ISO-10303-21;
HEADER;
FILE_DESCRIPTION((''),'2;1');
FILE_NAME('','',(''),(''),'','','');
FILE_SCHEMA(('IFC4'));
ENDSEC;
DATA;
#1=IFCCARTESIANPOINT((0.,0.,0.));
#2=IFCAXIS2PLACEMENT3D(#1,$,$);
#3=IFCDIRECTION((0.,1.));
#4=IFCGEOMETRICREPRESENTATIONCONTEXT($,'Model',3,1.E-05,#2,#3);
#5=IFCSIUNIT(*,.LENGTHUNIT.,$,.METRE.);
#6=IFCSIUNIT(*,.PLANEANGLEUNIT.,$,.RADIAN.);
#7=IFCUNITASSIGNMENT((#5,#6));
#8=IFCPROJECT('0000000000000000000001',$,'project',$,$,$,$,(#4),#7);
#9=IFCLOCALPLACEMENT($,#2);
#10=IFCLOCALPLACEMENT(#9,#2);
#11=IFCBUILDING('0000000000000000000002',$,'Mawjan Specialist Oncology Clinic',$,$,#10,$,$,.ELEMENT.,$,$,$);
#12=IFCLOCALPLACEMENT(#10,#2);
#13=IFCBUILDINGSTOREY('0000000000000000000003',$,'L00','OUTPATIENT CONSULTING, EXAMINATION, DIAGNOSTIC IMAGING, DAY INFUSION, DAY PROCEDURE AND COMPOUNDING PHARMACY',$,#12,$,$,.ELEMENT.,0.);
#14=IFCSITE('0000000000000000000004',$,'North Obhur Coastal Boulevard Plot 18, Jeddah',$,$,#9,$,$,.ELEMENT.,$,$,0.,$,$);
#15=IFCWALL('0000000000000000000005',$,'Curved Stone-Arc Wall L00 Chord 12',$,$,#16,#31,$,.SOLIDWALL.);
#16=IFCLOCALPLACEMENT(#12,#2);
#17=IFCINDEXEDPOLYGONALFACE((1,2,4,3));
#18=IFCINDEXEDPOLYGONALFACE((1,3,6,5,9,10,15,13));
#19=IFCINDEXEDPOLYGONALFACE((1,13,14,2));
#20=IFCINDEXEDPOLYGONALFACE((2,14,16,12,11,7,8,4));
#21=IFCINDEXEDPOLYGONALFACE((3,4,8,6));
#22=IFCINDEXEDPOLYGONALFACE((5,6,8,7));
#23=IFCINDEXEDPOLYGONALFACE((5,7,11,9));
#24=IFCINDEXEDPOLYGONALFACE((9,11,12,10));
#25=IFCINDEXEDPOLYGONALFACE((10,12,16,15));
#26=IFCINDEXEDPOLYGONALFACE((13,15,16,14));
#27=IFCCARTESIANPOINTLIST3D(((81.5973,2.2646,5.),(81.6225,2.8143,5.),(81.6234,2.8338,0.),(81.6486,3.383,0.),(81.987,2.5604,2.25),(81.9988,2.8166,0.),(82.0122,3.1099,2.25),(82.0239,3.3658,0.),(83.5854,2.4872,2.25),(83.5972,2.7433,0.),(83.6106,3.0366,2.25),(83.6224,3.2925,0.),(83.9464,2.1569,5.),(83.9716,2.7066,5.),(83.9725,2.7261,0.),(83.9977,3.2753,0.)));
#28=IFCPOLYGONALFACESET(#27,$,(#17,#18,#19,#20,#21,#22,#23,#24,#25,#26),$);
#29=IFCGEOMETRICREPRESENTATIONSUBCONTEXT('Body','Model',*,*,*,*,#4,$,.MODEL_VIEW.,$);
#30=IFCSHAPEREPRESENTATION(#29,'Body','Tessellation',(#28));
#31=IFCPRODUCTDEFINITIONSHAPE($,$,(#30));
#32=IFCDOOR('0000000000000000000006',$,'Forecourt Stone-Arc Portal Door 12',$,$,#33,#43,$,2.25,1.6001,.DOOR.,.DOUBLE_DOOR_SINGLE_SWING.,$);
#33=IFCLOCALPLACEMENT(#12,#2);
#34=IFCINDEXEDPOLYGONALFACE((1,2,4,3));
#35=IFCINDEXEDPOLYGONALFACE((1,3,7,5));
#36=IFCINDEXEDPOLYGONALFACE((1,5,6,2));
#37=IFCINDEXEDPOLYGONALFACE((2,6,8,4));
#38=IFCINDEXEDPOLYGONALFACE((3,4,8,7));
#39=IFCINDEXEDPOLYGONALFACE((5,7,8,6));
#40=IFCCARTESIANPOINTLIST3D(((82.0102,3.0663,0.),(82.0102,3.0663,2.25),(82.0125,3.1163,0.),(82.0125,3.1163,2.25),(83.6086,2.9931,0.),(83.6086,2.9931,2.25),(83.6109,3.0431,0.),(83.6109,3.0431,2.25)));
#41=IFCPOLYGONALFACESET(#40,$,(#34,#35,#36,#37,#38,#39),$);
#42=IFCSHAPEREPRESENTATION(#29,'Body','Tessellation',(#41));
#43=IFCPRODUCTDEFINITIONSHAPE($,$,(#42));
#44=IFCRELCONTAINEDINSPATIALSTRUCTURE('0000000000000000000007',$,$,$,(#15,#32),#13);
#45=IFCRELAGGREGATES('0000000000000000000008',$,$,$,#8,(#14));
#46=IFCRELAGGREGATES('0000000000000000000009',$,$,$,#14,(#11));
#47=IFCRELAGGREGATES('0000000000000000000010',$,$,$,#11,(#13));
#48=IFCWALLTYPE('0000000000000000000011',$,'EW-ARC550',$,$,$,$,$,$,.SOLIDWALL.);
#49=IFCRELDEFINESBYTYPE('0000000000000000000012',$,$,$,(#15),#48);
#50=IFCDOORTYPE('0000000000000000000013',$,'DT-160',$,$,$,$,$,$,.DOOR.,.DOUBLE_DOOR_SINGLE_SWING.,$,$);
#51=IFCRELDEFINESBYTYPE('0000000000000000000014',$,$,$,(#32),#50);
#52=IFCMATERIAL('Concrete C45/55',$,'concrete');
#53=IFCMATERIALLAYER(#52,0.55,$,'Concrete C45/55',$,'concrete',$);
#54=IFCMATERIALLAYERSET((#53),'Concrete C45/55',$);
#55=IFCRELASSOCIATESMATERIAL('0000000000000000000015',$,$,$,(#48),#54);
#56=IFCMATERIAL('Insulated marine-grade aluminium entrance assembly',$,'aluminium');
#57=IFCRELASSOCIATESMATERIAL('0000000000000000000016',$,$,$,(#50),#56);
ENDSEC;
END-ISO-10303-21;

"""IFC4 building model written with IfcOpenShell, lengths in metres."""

from ifc_helpers import new_model, si_unit, direction, frame, frame_2d, origin, place, context, subcontext, project, spatial, polyline, rectangle, outline, extrude, material, layer, layer_set, type_object, element, fill, save


model = new_model("IFC4")

# Units and contexts
model_context = context("Model", 3, precision=1e-05, world=origin(), true_north=direction((0.0, 1.0)))
body_context = subcontext(model_context, "Body", "Model", "MODEL_VIEW")
ifc_project = project(units=[si_unit("LENGTHUNIT", "METRE"), si_unit("PLANEANGLEUNIT", "RADIAN")], contexts=[model_context])

# Site, building, storey
site_placement = place(None, origin())
site = spatial("IfcSite", under=ifc_project, at=site_placement, Name="North Obhur Coastal Boulevard Plot 18, Jeddah", CompositionType="ELEMENT", RefElevation=0.0)
building_placement = place(site_placement, origin())
building = spatial("IfcBuilding", under=site, at=building_placement, Name="Mawjan Specialist Oncology Clinic", CompositionType="ELEMENT")
storey_placement = place(building_placement, origin())
storey = spatial("IfcBuildingStorey", under=building, at=storey_placement, Name="L00", Description="OUTPATIENT CONSULTING, EXAMINATION, DIAGNOSTIC IMAGING, DAY INFUSION, DAY PROCEDURE AND COMPOUNDING PHARMACY", CompositionType="ELEMENT", Elevation=0.0)

# Shared definitions
ifc_material_1 = material(Name="Concrete C45/55", Category="concrete")
ifc_layer = layer(ifc_material_1, 0.55, Name="Concrete C45/55", Category="concrete")
ifc_layer_set = layer_set([ifc_layer], Name="Concrete C45/55")
wall_type = type_object("IfcWallType", Name="EW-ARC550", PredefinedType="SOLIDWALL", material=ifc_layer_set)

# Wall, opening, door
wall_1_placement = place(storey_placement, frame((83.9851, 3.0007, 0.0), z_axis=(0.0, 0.0, 1.0), x_axis=(-0.998951, 0.045784, 0.0)))
wall_1 = element("IfcWall", 1, at=wall_1_placement, inside=storey, type_object=wall_type, Name="Curved Stone-Arc Wall L00 Chord 12", PredefinedType="SOLIDWALL", context=body_context, shape_type="SweptSolid", body=[
    extrude(outline(polyline([(-0.2749, 0.0), (0.2749, 0.0), (0.8447, 5.0), (0.2944, 5.0), (-0.2749, 0.0)])), frame((0.0, 0.0, 0.0), z_axis=(1.0, 0.0, 0.0), x_axis=(0.0, 1.0, 0.0)), (0.0, 0.0, 1.0), 2.3516),
])
opening_1_placement = place(wall_1_placement, frame((0.3757, 0.0, 0.0)))
opening_1 = element("IfcOpeningElement", 2, at=opening_1_placement, cuts=wall_1, PredefinedType="OPENING", context=body_context, shape_type="SweptSolid", body=[
    extrude(rectangle(XDim=1.6001, YDim=2.25, at=frame_2d((0.8, 1.125))), frame((0.0, 0.8567, 0.0), z_axis=(0.0, -1.0, 0.0), x_axis=(1.0, 0.0, 0.0)), (0.0, 0.0, 1.0), 1.1436),
])
ifc_material_2 = material(Name="Insulated marine-grade aluminium entrance assembly", Category="aluminium")
door_type = type_object("IfcDoorType", Name="DT-160", OperationType="DOUBLE_DOOR_SINGLE_SWING", PredefinedType="DOOR", material=ifc_material_2)
door_placement = place(opening_1_placement, origin())
door = element("IfcDoor", 3, at=door_placement, inside=storey, type_object=door_type, Name="Forecourt Stone-Arc Portal Door 12", OperationType="DOUBLE_DOOR_SINGLE_SWING", OverallHeight=2.25, OverallWidth=1.6001, PredefinedType="DOOR", context=body_context, shape_type="SweptSolid", body=[
    extrude(rectangle(XDim=1.6001, YDim=2.25, at=frame_2d((0.8, 1.125))), frame((0.0, 0.0249, 0.0), z_axis=(0.0, -1.0, 0.0), x_axis=(1.0, 0.0, 0.0)), (0.0, 0.0, 1.0), 0.05),
])
fill(opening_1, door)

save(model, "model.ifc")
